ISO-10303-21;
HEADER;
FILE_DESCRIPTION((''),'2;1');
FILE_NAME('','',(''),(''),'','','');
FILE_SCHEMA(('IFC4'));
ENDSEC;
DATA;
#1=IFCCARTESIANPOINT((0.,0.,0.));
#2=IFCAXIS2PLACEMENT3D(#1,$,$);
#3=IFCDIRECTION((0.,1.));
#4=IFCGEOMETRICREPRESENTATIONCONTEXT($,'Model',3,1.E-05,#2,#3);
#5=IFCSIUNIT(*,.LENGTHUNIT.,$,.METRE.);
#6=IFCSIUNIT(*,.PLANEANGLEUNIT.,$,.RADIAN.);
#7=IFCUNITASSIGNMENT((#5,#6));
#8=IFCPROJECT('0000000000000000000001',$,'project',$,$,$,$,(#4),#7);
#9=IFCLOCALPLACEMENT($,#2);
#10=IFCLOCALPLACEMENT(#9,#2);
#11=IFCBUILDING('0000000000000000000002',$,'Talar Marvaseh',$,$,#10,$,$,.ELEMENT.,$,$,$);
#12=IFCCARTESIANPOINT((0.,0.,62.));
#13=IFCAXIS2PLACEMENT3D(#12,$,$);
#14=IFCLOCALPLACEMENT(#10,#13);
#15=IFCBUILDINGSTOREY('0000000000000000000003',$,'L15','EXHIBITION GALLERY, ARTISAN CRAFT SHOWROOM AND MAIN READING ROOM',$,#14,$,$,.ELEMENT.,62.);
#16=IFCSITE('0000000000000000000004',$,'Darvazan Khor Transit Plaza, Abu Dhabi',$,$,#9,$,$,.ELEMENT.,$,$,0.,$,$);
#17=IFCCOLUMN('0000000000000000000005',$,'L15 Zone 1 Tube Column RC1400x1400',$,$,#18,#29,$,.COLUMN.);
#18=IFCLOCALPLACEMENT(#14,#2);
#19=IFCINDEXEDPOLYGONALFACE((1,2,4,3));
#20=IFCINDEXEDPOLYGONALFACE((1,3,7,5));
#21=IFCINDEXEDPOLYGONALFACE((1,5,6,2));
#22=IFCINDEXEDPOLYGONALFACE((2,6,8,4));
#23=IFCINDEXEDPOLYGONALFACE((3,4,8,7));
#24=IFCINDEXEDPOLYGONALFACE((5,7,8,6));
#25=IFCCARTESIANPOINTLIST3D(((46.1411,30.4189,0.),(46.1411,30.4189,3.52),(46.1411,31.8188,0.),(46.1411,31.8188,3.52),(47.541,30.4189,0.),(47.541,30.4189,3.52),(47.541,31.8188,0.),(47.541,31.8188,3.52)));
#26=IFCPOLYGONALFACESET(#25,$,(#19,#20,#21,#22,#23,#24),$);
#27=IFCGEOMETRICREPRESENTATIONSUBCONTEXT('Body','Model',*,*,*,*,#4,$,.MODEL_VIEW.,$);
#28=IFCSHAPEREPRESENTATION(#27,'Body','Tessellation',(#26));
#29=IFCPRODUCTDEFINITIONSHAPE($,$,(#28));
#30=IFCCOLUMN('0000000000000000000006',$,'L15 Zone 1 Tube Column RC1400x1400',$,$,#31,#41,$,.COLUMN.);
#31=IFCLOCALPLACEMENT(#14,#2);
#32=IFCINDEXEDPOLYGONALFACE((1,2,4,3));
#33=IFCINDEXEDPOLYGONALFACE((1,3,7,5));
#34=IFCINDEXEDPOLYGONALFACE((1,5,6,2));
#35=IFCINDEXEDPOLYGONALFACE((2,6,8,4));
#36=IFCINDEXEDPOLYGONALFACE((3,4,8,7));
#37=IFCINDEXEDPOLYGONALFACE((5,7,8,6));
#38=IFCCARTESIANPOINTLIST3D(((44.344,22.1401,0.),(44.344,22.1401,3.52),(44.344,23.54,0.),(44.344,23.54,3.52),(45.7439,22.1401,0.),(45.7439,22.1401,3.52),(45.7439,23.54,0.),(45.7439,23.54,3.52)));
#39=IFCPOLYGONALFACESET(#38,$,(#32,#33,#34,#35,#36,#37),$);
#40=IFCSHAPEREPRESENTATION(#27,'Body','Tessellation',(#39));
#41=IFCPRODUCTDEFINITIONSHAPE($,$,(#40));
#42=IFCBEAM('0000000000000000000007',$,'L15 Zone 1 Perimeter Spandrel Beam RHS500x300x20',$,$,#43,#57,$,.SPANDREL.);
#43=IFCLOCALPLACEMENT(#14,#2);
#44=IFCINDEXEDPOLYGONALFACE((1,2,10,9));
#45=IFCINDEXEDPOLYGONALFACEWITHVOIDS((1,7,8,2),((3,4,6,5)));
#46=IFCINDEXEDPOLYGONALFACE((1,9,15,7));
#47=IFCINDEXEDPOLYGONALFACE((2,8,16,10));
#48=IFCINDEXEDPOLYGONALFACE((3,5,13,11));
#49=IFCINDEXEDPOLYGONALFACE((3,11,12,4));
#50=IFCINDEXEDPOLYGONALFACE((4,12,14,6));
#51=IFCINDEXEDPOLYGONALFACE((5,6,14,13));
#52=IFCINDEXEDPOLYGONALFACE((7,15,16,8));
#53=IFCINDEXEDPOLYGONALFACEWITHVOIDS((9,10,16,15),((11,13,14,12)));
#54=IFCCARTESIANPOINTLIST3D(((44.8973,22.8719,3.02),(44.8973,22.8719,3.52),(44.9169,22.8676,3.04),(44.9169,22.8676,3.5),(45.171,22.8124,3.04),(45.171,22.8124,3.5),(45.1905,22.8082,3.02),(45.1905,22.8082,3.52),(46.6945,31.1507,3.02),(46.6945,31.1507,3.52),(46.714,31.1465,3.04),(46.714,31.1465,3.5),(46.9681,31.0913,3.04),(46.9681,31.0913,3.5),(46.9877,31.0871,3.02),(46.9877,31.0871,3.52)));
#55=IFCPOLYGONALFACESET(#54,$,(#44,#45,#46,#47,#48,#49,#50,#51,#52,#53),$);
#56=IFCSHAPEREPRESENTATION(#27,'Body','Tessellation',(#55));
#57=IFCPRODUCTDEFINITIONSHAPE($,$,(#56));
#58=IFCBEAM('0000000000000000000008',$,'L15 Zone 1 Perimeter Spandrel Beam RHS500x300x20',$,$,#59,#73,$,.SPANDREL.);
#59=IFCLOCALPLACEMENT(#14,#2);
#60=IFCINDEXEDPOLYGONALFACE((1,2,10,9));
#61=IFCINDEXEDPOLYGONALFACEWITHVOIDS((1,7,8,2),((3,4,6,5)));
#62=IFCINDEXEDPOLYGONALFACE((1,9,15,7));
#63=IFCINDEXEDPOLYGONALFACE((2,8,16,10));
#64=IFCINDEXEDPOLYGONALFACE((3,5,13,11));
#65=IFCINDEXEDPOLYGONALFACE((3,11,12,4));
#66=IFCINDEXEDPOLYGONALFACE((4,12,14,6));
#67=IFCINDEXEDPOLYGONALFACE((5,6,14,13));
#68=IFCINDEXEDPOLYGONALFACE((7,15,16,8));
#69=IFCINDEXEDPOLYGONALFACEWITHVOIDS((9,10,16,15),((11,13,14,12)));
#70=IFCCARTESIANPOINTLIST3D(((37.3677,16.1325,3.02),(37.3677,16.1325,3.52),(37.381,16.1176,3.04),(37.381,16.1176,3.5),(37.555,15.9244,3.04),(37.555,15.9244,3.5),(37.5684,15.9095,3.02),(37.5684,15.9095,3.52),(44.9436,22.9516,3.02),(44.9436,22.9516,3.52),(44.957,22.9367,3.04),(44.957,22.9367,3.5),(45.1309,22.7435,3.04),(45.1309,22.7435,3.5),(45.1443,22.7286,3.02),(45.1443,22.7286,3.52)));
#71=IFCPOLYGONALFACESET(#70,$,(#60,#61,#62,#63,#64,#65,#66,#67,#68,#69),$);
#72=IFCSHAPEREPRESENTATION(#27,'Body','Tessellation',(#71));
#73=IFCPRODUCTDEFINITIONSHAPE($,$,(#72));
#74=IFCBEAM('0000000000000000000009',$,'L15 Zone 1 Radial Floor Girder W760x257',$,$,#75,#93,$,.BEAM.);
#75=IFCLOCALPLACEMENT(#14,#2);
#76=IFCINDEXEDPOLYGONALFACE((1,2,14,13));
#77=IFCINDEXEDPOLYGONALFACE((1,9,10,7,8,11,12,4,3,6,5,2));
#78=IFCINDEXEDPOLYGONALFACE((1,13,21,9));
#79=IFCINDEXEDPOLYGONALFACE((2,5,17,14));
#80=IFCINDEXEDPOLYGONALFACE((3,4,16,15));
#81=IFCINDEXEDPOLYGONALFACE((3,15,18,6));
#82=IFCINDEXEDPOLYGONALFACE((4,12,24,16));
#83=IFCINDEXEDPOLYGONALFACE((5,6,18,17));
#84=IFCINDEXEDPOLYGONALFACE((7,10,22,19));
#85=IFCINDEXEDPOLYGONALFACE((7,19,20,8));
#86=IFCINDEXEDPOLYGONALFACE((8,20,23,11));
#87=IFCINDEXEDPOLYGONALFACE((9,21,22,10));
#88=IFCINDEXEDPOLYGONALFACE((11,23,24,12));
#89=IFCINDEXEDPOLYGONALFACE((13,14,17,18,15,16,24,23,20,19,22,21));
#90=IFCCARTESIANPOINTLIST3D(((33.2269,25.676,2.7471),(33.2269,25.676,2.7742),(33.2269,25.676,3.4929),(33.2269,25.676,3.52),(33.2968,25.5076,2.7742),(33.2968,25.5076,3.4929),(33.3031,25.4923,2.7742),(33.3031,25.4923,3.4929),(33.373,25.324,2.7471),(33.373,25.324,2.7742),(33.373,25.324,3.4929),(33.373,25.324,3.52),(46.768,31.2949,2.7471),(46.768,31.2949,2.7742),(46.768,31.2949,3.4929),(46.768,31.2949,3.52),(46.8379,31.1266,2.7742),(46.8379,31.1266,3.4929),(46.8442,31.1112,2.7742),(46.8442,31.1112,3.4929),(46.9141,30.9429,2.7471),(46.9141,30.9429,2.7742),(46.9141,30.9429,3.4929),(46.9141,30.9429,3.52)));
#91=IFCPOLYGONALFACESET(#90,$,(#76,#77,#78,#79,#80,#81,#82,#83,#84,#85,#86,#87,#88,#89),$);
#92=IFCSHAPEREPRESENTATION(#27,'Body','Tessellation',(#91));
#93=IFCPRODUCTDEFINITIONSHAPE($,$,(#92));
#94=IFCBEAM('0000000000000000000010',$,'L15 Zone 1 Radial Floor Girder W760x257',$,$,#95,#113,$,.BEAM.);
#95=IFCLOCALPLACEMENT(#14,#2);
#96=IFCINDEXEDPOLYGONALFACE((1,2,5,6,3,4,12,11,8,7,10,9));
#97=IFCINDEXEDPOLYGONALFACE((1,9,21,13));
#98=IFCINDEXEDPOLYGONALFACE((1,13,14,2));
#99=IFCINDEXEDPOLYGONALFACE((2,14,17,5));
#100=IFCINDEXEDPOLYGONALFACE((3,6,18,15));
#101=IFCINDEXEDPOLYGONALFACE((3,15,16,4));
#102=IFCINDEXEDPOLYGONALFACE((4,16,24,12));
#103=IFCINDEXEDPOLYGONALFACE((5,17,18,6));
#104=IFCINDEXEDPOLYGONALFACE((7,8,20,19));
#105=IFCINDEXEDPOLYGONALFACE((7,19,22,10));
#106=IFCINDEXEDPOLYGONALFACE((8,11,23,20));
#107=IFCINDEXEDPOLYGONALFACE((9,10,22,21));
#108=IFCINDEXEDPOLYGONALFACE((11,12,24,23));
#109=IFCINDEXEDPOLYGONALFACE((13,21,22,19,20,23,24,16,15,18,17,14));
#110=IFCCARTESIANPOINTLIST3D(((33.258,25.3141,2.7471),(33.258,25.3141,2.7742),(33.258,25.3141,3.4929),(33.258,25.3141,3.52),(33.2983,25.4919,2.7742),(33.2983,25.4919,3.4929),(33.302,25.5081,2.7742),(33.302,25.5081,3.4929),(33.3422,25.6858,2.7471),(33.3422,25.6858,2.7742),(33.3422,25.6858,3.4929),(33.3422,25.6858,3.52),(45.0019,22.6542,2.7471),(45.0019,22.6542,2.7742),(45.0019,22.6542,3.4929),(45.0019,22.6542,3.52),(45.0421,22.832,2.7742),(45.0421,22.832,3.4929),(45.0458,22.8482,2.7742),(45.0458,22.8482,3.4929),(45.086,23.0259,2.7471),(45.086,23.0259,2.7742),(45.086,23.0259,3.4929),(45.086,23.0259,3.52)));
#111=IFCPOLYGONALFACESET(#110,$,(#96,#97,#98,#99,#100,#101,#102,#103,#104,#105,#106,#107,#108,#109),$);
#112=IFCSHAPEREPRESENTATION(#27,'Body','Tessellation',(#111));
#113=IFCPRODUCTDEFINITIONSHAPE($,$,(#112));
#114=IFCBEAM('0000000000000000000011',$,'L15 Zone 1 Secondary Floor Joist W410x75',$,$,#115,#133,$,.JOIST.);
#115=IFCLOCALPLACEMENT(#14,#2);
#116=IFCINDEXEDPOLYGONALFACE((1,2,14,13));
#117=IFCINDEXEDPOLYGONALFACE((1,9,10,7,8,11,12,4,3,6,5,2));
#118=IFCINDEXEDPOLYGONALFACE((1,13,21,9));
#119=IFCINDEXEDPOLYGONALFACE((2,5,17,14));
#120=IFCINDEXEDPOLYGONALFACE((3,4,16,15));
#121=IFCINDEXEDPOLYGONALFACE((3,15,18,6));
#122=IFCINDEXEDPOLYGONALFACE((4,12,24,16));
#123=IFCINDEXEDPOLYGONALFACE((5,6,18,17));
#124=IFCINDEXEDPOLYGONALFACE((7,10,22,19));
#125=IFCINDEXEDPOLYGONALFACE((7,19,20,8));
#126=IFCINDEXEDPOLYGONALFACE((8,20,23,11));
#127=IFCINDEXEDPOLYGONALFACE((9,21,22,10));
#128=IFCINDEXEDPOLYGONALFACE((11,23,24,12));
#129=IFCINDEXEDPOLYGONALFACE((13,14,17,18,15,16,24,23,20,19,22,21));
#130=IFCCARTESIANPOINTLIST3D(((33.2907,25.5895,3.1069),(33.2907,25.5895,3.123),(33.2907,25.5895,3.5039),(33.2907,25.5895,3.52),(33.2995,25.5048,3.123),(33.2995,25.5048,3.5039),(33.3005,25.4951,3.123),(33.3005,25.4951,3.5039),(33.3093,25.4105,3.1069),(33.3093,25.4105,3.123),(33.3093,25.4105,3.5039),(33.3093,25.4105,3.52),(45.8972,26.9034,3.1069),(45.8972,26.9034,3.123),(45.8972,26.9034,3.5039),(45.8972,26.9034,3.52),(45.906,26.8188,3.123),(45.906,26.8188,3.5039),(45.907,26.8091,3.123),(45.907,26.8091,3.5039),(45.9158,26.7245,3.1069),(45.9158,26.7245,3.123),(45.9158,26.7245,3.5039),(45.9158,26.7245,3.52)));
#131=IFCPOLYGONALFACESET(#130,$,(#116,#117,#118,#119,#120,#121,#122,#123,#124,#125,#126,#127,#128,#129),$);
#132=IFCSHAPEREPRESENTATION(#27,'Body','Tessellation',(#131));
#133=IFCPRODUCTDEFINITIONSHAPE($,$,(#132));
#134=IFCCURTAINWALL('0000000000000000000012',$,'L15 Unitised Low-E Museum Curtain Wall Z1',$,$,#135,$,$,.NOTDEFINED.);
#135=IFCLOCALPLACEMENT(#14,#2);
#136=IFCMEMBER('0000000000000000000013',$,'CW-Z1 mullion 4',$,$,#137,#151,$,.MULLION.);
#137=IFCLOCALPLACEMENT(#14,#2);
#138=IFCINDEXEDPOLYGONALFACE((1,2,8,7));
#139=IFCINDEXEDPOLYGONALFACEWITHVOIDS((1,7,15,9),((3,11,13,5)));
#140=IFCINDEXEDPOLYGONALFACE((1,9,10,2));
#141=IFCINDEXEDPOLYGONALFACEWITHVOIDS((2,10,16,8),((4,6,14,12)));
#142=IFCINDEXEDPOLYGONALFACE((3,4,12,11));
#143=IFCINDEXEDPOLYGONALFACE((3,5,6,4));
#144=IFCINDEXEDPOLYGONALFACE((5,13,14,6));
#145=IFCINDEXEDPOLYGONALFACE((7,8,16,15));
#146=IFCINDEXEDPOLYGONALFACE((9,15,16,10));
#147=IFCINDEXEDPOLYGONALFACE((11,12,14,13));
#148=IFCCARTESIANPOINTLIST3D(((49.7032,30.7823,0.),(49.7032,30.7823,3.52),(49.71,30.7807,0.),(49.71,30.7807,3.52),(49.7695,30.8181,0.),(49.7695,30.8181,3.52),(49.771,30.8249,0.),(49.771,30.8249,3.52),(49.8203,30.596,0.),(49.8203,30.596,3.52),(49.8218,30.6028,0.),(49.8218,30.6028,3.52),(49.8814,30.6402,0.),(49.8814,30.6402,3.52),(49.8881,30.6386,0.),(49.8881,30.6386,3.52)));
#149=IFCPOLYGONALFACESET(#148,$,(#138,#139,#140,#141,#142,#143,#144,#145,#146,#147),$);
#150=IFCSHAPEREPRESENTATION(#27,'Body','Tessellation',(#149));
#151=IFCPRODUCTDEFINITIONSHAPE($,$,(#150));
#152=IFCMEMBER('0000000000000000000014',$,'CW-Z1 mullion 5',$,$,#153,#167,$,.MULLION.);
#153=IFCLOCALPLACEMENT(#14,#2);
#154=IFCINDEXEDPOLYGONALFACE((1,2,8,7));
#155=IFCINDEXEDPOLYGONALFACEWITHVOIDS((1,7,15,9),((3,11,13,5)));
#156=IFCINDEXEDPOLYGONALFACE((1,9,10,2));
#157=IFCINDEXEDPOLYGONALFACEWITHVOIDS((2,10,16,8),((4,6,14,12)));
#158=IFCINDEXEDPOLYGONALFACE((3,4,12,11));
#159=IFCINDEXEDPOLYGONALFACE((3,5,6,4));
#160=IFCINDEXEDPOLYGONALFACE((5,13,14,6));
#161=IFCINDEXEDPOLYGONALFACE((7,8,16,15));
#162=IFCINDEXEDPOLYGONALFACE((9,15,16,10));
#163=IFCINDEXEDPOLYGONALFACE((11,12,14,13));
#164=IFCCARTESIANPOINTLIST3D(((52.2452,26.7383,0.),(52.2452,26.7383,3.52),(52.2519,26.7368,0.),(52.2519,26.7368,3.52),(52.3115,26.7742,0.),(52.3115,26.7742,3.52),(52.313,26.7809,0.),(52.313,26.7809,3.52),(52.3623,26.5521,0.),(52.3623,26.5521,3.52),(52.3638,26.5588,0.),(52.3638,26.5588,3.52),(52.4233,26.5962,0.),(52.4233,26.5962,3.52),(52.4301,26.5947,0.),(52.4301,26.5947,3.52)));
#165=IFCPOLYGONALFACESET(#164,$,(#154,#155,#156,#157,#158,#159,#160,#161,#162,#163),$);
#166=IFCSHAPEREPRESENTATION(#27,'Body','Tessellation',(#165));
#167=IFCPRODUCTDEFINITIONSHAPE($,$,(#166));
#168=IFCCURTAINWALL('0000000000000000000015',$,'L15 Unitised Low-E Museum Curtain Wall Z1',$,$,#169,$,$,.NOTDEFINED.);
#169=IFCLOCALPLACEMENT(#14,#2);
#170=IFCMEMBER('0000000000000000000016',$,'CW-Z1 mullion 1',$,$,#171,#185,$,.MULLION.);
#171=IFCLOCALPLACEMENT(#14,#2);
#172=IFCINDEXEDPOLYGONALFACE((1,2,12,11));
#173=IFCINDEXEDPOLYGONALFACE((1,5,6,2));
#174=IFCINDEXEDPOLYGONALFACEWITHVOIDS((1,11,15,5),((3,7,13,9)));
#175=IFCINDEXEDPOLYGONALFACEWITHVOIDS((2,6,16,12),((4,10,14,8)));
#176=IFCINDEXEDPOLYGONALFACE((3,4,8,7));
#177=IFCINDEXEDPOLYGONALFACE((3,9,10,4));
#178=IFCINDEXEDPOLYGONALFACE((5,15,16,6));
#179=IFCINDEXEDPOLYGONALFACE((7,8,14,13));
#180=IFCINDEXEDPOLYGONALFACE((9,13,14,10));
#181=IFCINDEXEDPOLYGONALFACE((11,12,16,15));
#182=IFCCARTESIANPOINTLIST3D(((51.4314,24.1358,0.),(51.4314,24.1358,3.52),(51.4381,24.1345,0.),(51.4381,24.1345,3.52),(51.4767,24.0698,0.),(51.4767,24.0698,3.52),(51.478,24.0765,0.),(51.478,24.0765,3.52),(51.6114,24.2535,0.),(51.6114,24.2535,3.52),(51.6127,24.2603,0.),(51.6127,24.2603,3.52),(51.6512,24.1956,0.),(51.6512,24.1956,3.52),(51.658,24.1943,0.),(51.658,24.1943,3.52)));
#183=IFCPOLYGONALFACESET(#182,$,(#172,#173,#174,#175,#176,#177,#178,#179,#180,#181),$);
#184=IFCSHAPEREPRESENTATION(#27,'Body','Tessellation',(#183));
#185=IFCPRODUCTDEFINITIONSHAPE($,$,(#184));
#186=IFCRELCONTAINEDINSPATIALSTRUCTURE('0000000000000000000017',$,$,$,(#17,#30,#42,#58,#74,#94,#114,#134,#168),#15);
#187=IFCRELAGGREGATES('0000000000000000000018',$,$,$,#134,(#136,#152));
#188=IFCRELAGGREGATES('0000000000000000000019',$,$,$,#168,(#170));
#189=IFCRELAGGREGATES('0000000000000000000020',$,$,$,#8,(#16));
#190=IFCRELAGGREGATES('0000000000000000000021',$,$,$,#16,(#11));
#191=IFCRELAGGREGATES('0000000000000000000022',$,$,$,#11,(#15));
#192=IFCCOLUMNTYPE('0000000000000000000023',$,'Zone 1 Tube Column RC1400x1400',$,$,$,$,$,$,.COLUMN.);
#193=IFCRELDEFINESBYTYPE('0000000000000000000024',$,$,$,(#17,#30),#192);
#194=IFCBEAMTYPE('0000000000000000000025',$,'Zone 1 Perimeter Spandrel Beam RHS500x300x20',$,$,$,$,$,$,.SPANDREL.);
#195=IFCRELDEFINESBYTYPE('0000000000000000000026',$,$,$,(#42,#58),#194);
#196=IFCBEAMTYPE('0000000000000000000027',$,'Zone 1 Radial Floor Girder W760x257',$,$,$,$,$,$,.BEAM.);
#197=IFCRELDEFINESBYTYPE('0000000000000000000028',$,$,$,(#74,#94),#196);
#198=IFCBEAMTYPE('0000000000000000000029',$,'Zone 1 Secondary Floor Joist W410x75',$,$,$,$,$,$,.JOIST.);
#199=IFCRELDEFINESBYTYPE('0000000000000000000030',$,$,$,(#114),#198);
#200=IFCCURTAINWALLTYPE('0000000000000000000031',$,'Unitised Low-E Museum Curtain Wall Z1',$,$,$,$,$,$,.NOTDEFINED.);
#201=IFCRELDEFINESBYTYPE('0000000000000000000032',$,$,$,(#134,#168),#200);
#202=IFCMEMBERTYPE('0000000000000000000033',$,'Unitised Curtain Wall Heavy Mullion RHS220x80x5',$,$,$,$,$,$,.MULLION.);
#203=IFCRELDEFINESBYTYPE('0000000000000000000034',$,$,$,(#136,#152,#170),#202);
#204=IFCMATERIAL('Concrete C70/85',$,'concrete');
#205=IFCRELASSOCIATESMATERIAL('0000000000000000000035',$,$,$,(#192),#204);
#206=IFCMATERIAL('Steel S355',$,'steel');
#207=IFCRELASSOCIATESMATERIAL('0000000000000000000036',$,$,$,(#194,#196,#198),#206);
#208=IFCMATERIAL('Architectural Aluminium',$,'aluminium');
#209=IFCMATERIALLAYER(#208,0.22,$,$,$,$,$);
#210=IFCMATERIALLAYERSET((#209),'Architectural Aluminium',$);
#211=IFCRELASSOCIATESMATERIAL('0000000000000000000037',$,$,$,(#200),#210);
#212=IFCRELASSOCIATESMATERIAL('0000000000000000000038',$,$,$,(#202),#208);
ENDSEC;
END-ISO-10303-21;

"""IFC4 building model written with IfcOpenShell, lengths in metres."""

from ifc_helpers import new_model, si_unit, direction, frame, origin, origin_2d, place, context, subcontext, project, spatial, rectangle, hollow_rectangle, i_section, extrude, source, transform, mapped, material, layer, layer_set, material_profile, profile_set, type_object, type_shapes, element, aggregate, save


model = new_model("IFC4")

# Units and contexts
model_context = context("Model", 3, precision=1e-05, world=origin(), true_north=direction((0.0, 1.0)))
body_context = subcontext(model_context, "Body", "Model", "MODEL_VIEW")
ifc_project = project(units=[si_unit("LENGTHUNIT", "METRE"), si_unit("PLANEANGLEUNIT", "RADIAN")], contexts=[model_context])

# Site, building, storey
site_placement = place(None, origin())
site = spatial("IfcSite", under=ifc_project, at=site_placement, Name="Darvazan Khor Transit Plaza, Abu Dhabi", CompositionType="ELEMENT", RefElevation=0.0)
building_placement = place(site_placement, origin())
building = spatial("IfcBuilding", under=site, at=building_placement, Name="Talar Marvaseh", CompositionType="ELEMENT")
storey_placement = place(building_placement, frame((0.0, 0.0, 62.0)))
storey = spatial("IfcBuildingStorey", under=building, at=storey_placement, Name="L15", Description="EXHIBITION GALLERY, ARTISAN CRAFT SHOWROOM AND MAIN READING ROOM", CompositionType="ELEMENT", Elevation=62.0)

# Columns
ifc_material_1 = material(Name="Concrete C70/85", Category="concrete")
ifc_material_profile_1 = material_profile(ifc_material_1, rectangle(XDim=1.3999, YDim=1.3999, at=origin_2d()), Name="RC1400x1400")
ifc_profile_set_1 = profile_set([ifc_material_profile_1], Name="Concrete C70/85")
column_type = type_object("IfcColumnType", Name="Zone 1 Tube Column RC1400x1400", PredefinedType="COLUMN", material=ifc_profile_set_1)
for number, where, z_axis, x_axis, name in (
    (1, (46.8411, 31.1189, 0.0), (0.0, 0.0, 1.0), (1.0, 0.0, 0.0), "L15 Zone 1 Tube Column RC1400x1400"),
    (2, (45.0439, 22.8401, 0.0), (0.0, 0.0, 1.0), (1.0, 0.0, 0.0), "L15 Zone 1 Tube Column RC1400x1400"),
):
    element("IfcColumn", number, at=place(storey_placement, frame(where, z_axis=z_axis, x_axis=x_axis)), inside=storey, type_object=column_type, Name=name, PredefinedType="COLUMN", context=body_context, shape_type="SweptSolid", body=[
        extrude(rectangle(XDim=1.3999, YDim=1.3999, at=origin_2d()), origin(), (0.0, 0.0, 1.0), 3.52),
    ])

# Beams
ifc_material_2 = material(Name="Steel S355", Category="steel")
ifc_material_profile_2 = material_profile(ifc_material_2, hollow_rectangle(XDim=0.3, YDim=0.5, WallThickness=0.02, at=origin_2d()), Name="RHS500x300x20")
ifc_profile_set_2 = profile_set([ifc_material_profile_2], Name="Steel S355")
beam_type_1 = type_object("IfcBeamType", Name="Zone 1 Perimeter Spandrel Beam RHS500x300x20", PredefinedType="SPANDREL", material=ifc_profile_set_2)
beam_1_placement = place(storey_placement, frame((46.8411, 31.1189, 3.27), z_axis=(-0.212134, -0.977241, 0.0), x_axis=(0.977241, -0.212134, 0.0)))
element("IfcBeam", 3, at=beam_1_placement, inside=storey, type_object=beam_type_1, Name="L15 Zone 1 Perimeter Spandrel Beam RHS500x300x20", PredefinedType="SPANDREL", context=body_context, shape_type="SweptSolid", body=[
    extrude(hollow_rectangle(XDim=0.3, YDim=0.5, WallThickness=0.02, at=origin_2d()), origin(), (0.0, 0.0, 1.0), 8.4717),
])
beam_2_placement = place(storey_placement, frame((45.0439, 22.8401, 3.27), z_axis=(-0.743257, -0.669006, 0.0), x_axis=(0.669006, -0.743257, 0.0)))
element("IfcBeam", 4, at=beam_2_placement, inside=storey, type_object=beam_type_1, Name="L15 Zone 1 Perimeter Spandrel Beam RHS500x300x20", PredefinedType="SPANDREL", context=body_context, shape_type="SweptSolid", body=[
    extrude(hollow_rectangle(XDim=0.3, YDim=0.5, WallThickness=0.02, at=origin_2d()), origin(), (0.0, 0.0, 1.0), 10.1929),
])
ifc_material_profile_3 = material_profile(ifc_material_2, i_section(OverallWidth=0.3811, OverallDepth=0.7729, WebThickness=0.0166, FlangeThickness=0.0271, at=origin_2d()), Name="W760x257")
ifc_profile_set_3 = profile_set([ifc_material_profile_3], Name="Steel S355")
beam_type_2 = type_object("IfcBeamType", Name="Zone 1 Radial Floor Girder W760x257", PredefinedType="BEAM", material=ifc_profile_set_3)
beam_3_placement = place(storey_placement, frame((46.8411, 31.1189, 3.1335), z_axis=(-0.923638, -0.383267, 0.0), x_axis=(0.383267, -0.923638, 0.0)))
element("IfcBeam", 5, at=beam_3_placement, inside=storey, type_object=beam_type_2, Name="L15 Zone 1 Radial Floor Girder W760x257", PredefinedType="BEAM", context=body_context, shape_type="SweptSolid", body=[
    extrude(i_section(OverallWidth=0.3811, OverallDepth=0.7729, WebThickness=0.0166, FlangeThickness=0.0271, at=origin_2d()), origin(), (0.0, 0.0, 1.0), 14.6606),
])
beam_4_placement = place(storey_placement, frame((45.0439, 22.8401, 3.1335), z_axis=(-0.975297, 0.220898, 0.0), x_axis=(-0.220898, -0.975297, 0.0)))
element("IfcBeam", 6, at=beam_4_placement, inside=storey, type_object=beam_type_2, Name="L15 Zone 1 Radial Floor Girder W760x257", PredefinedType="BEAM", context=body_context, shape_type="SweptSolid", body=[
    extrude(i_section(OverallWidth=0.3811, OverallDepth=0.7729, WebThickness=0.0166, FlangeThickness=0.0271, at=origin_2d()), origin(), (0.0, 0.0, 1.0), 12.0413),
])
ifc_material_profile_4 = material_profile(ifc_material_2, i_section(OverallWidth=0.1799, OverallDepth=0.4131, WebThickness=0.0098, FlangeThickness=0.0161, at=origin_2d()), Name="W410x75")
ifc_profile_set_4 = profile_set([ifc_material_profile_4], Name="Steel S355")
beam_type_3 = type_object("IfcBeamType", Name="Zone 1 Secondary Floor Joist W410x75", PredefinedType="JOIST", material=ifc_profile_set_4)
beam_5_placement = place(storey_placement, frame((45.9065, 26.814, 3.3135), z_axis=(-0.994612, -0.103668, 0.0), x_axis=(0.103668, -0.994612, 0.0)))
element("IfcBeam", 7, at=beam_5_placement, inside=storey, type_object=beam_type_3, Name="L15 Zone 1 Secondary Floor Joist W410x75", PredefinedType="JOIST", context=body_context, shape_type="SweptSolid", body=[
    extrude(i_section(OverallWidth=0.1799, OverallDepth=0.4131, WebThickness=0.0098, FlangeThickness=0.0161, at=origin_2d()), origin(), (0.0, 0.0, 1.0), 12.6748),
])

# Curtain walls, members
ifc_material_3 = material(Name="Architectural Aluminium", Category="aluminium")
ifc_layer_1 = layer(ifc_material_3, 0.22)
ifc_layer_set_1 = layer_set([ifc_layer_1], Name="Architectural Aluminium")
curtain_wall_type = type_object("IfcCurtainWallType", Name="Unitised Low-E Museum Curtain Wall Z1", PredefinedType="NOTDEFINED", material=ifc_layer_set_1)
curtain_wall_1_placement = place(storey_placement, origin())
curtain_wall_1 = element("IfcCurtainWall", 8, at=curtain_wall_1_placement, inside=storey, type_object=curtain_wall_type, Name="L15 Unitised Low-E Museum Curtain Wall Z1", PredefinedType="NOTDEFINED")
ifc_material_profile_5 = material_profile(ifc_material_3, hollow_rectangle(XDim=0.0801, YDim=0.22, WallThickness=0.0049, at=origin_2d()), Name="RHS220x80x5")
ifc_profile_set_5 = profile_set([ifc_material_profile_5], Name="Architectural Aluminium")
member_type_1 = type_object("IfcMemberType", Name="Unitised Curtain Wall Heavy Mullion RHS220x80x5", PredefinedType="MULLION", material=ifc_profile_set_5)
shared_shape_1 = source(origin(), body_context, "Body", "SweptSolid", [
    extrude(hollow_rectangle(XDim=0.0801, YDim=0.22, WallThickness=0.0049, at=origin_2d()), origin(), (0.0, 0.0, 1.0), 3.52),
])
type_shapes(member_type_1, [shared_shape_1])
member_1_placement = place(storey_placement, frame((49.7957, 30.7104, 0.0), z_axis=(0.0, 0.0, 1.0), x_axis=(0.846622, 0.532195, 0.0)))
member_1 = element("IfcMember", 9, at=member_1_placement, type_object=member_type_1, Name="CW-Z1 mullion 4", PredefinedType="MULLION", context=body_context, shape_type="MappedRepresentation", body=[
    mapped(shared_shape_1, transform((0.0, 0.0, 0.0), x_axis=(1.0, 0.0, 0.0), y_axis=(0.0, 1.0, 0.0), z_axis=(0.0, 0.0, 1.0), scale=1.0)),
])
member_2_placement = place(storey_placement, frame((52.3376, 26.6665, 0.0), z_axis=(0.0, 0.0, 1.0), x_axis=(0.846622, 0.532195, 0.0)))
member_2 = element("IfcMember", 10, at=member_2_placement, type_object=member_type_1, Name="CW-Z1 mullion 5", PredefinedType="MULLION", context=body_context, shape_type="MappedRepresentation", body=[
    mapped(shared_shape_1, transform((0.0, 0.0, 0.0), x_axis=(1.0, 0.0, 0.0), y_axis=(0.0, 1.0, 0.0), z_axis=(0.0, 0.0, 1.0), scale=1.0)),
])
curtain_wall_2_placement = place(storey_placement, origin())
curtain_wall_2 = element("IfcCurtainWall", 11, at=curtain_wall_2_placement, inside=storey, type_object=curtain_wall_type, Name="L15 Unitised Low-E Museum Curtain Wall Z1", PredefinedType="NOTDEFINED")
member_3_placement = place(storey_placement, frame((51.5447, 24.165, 0.0), z_axis=(0.0, 0.0, 1.0), x_axis=(0.566277, -0.824215, 0.0)))
member_3 = element("IfcMember", 12, at=member_3_placement, type_object=member_type_1, Name="CW-Z1 mullion 1", PredefinedType="MULLION", context=body_context, shape_type="MappedRepresentation", body=[
    mapped(shared_shape_1, transform((0.0, 0.0, 0.0), x_axis=(1.0, 0.0, 0.0), y_axis=(0.0, 1.0, 0.0), z_axis=(0.0, 0.0, 1.0), scale=1.0)),
])

aggregate(curtain_wall_1, [member_1, member_2])
aggregate(curtain_wall_2, [member_3])

save(model, "model.ifc")
